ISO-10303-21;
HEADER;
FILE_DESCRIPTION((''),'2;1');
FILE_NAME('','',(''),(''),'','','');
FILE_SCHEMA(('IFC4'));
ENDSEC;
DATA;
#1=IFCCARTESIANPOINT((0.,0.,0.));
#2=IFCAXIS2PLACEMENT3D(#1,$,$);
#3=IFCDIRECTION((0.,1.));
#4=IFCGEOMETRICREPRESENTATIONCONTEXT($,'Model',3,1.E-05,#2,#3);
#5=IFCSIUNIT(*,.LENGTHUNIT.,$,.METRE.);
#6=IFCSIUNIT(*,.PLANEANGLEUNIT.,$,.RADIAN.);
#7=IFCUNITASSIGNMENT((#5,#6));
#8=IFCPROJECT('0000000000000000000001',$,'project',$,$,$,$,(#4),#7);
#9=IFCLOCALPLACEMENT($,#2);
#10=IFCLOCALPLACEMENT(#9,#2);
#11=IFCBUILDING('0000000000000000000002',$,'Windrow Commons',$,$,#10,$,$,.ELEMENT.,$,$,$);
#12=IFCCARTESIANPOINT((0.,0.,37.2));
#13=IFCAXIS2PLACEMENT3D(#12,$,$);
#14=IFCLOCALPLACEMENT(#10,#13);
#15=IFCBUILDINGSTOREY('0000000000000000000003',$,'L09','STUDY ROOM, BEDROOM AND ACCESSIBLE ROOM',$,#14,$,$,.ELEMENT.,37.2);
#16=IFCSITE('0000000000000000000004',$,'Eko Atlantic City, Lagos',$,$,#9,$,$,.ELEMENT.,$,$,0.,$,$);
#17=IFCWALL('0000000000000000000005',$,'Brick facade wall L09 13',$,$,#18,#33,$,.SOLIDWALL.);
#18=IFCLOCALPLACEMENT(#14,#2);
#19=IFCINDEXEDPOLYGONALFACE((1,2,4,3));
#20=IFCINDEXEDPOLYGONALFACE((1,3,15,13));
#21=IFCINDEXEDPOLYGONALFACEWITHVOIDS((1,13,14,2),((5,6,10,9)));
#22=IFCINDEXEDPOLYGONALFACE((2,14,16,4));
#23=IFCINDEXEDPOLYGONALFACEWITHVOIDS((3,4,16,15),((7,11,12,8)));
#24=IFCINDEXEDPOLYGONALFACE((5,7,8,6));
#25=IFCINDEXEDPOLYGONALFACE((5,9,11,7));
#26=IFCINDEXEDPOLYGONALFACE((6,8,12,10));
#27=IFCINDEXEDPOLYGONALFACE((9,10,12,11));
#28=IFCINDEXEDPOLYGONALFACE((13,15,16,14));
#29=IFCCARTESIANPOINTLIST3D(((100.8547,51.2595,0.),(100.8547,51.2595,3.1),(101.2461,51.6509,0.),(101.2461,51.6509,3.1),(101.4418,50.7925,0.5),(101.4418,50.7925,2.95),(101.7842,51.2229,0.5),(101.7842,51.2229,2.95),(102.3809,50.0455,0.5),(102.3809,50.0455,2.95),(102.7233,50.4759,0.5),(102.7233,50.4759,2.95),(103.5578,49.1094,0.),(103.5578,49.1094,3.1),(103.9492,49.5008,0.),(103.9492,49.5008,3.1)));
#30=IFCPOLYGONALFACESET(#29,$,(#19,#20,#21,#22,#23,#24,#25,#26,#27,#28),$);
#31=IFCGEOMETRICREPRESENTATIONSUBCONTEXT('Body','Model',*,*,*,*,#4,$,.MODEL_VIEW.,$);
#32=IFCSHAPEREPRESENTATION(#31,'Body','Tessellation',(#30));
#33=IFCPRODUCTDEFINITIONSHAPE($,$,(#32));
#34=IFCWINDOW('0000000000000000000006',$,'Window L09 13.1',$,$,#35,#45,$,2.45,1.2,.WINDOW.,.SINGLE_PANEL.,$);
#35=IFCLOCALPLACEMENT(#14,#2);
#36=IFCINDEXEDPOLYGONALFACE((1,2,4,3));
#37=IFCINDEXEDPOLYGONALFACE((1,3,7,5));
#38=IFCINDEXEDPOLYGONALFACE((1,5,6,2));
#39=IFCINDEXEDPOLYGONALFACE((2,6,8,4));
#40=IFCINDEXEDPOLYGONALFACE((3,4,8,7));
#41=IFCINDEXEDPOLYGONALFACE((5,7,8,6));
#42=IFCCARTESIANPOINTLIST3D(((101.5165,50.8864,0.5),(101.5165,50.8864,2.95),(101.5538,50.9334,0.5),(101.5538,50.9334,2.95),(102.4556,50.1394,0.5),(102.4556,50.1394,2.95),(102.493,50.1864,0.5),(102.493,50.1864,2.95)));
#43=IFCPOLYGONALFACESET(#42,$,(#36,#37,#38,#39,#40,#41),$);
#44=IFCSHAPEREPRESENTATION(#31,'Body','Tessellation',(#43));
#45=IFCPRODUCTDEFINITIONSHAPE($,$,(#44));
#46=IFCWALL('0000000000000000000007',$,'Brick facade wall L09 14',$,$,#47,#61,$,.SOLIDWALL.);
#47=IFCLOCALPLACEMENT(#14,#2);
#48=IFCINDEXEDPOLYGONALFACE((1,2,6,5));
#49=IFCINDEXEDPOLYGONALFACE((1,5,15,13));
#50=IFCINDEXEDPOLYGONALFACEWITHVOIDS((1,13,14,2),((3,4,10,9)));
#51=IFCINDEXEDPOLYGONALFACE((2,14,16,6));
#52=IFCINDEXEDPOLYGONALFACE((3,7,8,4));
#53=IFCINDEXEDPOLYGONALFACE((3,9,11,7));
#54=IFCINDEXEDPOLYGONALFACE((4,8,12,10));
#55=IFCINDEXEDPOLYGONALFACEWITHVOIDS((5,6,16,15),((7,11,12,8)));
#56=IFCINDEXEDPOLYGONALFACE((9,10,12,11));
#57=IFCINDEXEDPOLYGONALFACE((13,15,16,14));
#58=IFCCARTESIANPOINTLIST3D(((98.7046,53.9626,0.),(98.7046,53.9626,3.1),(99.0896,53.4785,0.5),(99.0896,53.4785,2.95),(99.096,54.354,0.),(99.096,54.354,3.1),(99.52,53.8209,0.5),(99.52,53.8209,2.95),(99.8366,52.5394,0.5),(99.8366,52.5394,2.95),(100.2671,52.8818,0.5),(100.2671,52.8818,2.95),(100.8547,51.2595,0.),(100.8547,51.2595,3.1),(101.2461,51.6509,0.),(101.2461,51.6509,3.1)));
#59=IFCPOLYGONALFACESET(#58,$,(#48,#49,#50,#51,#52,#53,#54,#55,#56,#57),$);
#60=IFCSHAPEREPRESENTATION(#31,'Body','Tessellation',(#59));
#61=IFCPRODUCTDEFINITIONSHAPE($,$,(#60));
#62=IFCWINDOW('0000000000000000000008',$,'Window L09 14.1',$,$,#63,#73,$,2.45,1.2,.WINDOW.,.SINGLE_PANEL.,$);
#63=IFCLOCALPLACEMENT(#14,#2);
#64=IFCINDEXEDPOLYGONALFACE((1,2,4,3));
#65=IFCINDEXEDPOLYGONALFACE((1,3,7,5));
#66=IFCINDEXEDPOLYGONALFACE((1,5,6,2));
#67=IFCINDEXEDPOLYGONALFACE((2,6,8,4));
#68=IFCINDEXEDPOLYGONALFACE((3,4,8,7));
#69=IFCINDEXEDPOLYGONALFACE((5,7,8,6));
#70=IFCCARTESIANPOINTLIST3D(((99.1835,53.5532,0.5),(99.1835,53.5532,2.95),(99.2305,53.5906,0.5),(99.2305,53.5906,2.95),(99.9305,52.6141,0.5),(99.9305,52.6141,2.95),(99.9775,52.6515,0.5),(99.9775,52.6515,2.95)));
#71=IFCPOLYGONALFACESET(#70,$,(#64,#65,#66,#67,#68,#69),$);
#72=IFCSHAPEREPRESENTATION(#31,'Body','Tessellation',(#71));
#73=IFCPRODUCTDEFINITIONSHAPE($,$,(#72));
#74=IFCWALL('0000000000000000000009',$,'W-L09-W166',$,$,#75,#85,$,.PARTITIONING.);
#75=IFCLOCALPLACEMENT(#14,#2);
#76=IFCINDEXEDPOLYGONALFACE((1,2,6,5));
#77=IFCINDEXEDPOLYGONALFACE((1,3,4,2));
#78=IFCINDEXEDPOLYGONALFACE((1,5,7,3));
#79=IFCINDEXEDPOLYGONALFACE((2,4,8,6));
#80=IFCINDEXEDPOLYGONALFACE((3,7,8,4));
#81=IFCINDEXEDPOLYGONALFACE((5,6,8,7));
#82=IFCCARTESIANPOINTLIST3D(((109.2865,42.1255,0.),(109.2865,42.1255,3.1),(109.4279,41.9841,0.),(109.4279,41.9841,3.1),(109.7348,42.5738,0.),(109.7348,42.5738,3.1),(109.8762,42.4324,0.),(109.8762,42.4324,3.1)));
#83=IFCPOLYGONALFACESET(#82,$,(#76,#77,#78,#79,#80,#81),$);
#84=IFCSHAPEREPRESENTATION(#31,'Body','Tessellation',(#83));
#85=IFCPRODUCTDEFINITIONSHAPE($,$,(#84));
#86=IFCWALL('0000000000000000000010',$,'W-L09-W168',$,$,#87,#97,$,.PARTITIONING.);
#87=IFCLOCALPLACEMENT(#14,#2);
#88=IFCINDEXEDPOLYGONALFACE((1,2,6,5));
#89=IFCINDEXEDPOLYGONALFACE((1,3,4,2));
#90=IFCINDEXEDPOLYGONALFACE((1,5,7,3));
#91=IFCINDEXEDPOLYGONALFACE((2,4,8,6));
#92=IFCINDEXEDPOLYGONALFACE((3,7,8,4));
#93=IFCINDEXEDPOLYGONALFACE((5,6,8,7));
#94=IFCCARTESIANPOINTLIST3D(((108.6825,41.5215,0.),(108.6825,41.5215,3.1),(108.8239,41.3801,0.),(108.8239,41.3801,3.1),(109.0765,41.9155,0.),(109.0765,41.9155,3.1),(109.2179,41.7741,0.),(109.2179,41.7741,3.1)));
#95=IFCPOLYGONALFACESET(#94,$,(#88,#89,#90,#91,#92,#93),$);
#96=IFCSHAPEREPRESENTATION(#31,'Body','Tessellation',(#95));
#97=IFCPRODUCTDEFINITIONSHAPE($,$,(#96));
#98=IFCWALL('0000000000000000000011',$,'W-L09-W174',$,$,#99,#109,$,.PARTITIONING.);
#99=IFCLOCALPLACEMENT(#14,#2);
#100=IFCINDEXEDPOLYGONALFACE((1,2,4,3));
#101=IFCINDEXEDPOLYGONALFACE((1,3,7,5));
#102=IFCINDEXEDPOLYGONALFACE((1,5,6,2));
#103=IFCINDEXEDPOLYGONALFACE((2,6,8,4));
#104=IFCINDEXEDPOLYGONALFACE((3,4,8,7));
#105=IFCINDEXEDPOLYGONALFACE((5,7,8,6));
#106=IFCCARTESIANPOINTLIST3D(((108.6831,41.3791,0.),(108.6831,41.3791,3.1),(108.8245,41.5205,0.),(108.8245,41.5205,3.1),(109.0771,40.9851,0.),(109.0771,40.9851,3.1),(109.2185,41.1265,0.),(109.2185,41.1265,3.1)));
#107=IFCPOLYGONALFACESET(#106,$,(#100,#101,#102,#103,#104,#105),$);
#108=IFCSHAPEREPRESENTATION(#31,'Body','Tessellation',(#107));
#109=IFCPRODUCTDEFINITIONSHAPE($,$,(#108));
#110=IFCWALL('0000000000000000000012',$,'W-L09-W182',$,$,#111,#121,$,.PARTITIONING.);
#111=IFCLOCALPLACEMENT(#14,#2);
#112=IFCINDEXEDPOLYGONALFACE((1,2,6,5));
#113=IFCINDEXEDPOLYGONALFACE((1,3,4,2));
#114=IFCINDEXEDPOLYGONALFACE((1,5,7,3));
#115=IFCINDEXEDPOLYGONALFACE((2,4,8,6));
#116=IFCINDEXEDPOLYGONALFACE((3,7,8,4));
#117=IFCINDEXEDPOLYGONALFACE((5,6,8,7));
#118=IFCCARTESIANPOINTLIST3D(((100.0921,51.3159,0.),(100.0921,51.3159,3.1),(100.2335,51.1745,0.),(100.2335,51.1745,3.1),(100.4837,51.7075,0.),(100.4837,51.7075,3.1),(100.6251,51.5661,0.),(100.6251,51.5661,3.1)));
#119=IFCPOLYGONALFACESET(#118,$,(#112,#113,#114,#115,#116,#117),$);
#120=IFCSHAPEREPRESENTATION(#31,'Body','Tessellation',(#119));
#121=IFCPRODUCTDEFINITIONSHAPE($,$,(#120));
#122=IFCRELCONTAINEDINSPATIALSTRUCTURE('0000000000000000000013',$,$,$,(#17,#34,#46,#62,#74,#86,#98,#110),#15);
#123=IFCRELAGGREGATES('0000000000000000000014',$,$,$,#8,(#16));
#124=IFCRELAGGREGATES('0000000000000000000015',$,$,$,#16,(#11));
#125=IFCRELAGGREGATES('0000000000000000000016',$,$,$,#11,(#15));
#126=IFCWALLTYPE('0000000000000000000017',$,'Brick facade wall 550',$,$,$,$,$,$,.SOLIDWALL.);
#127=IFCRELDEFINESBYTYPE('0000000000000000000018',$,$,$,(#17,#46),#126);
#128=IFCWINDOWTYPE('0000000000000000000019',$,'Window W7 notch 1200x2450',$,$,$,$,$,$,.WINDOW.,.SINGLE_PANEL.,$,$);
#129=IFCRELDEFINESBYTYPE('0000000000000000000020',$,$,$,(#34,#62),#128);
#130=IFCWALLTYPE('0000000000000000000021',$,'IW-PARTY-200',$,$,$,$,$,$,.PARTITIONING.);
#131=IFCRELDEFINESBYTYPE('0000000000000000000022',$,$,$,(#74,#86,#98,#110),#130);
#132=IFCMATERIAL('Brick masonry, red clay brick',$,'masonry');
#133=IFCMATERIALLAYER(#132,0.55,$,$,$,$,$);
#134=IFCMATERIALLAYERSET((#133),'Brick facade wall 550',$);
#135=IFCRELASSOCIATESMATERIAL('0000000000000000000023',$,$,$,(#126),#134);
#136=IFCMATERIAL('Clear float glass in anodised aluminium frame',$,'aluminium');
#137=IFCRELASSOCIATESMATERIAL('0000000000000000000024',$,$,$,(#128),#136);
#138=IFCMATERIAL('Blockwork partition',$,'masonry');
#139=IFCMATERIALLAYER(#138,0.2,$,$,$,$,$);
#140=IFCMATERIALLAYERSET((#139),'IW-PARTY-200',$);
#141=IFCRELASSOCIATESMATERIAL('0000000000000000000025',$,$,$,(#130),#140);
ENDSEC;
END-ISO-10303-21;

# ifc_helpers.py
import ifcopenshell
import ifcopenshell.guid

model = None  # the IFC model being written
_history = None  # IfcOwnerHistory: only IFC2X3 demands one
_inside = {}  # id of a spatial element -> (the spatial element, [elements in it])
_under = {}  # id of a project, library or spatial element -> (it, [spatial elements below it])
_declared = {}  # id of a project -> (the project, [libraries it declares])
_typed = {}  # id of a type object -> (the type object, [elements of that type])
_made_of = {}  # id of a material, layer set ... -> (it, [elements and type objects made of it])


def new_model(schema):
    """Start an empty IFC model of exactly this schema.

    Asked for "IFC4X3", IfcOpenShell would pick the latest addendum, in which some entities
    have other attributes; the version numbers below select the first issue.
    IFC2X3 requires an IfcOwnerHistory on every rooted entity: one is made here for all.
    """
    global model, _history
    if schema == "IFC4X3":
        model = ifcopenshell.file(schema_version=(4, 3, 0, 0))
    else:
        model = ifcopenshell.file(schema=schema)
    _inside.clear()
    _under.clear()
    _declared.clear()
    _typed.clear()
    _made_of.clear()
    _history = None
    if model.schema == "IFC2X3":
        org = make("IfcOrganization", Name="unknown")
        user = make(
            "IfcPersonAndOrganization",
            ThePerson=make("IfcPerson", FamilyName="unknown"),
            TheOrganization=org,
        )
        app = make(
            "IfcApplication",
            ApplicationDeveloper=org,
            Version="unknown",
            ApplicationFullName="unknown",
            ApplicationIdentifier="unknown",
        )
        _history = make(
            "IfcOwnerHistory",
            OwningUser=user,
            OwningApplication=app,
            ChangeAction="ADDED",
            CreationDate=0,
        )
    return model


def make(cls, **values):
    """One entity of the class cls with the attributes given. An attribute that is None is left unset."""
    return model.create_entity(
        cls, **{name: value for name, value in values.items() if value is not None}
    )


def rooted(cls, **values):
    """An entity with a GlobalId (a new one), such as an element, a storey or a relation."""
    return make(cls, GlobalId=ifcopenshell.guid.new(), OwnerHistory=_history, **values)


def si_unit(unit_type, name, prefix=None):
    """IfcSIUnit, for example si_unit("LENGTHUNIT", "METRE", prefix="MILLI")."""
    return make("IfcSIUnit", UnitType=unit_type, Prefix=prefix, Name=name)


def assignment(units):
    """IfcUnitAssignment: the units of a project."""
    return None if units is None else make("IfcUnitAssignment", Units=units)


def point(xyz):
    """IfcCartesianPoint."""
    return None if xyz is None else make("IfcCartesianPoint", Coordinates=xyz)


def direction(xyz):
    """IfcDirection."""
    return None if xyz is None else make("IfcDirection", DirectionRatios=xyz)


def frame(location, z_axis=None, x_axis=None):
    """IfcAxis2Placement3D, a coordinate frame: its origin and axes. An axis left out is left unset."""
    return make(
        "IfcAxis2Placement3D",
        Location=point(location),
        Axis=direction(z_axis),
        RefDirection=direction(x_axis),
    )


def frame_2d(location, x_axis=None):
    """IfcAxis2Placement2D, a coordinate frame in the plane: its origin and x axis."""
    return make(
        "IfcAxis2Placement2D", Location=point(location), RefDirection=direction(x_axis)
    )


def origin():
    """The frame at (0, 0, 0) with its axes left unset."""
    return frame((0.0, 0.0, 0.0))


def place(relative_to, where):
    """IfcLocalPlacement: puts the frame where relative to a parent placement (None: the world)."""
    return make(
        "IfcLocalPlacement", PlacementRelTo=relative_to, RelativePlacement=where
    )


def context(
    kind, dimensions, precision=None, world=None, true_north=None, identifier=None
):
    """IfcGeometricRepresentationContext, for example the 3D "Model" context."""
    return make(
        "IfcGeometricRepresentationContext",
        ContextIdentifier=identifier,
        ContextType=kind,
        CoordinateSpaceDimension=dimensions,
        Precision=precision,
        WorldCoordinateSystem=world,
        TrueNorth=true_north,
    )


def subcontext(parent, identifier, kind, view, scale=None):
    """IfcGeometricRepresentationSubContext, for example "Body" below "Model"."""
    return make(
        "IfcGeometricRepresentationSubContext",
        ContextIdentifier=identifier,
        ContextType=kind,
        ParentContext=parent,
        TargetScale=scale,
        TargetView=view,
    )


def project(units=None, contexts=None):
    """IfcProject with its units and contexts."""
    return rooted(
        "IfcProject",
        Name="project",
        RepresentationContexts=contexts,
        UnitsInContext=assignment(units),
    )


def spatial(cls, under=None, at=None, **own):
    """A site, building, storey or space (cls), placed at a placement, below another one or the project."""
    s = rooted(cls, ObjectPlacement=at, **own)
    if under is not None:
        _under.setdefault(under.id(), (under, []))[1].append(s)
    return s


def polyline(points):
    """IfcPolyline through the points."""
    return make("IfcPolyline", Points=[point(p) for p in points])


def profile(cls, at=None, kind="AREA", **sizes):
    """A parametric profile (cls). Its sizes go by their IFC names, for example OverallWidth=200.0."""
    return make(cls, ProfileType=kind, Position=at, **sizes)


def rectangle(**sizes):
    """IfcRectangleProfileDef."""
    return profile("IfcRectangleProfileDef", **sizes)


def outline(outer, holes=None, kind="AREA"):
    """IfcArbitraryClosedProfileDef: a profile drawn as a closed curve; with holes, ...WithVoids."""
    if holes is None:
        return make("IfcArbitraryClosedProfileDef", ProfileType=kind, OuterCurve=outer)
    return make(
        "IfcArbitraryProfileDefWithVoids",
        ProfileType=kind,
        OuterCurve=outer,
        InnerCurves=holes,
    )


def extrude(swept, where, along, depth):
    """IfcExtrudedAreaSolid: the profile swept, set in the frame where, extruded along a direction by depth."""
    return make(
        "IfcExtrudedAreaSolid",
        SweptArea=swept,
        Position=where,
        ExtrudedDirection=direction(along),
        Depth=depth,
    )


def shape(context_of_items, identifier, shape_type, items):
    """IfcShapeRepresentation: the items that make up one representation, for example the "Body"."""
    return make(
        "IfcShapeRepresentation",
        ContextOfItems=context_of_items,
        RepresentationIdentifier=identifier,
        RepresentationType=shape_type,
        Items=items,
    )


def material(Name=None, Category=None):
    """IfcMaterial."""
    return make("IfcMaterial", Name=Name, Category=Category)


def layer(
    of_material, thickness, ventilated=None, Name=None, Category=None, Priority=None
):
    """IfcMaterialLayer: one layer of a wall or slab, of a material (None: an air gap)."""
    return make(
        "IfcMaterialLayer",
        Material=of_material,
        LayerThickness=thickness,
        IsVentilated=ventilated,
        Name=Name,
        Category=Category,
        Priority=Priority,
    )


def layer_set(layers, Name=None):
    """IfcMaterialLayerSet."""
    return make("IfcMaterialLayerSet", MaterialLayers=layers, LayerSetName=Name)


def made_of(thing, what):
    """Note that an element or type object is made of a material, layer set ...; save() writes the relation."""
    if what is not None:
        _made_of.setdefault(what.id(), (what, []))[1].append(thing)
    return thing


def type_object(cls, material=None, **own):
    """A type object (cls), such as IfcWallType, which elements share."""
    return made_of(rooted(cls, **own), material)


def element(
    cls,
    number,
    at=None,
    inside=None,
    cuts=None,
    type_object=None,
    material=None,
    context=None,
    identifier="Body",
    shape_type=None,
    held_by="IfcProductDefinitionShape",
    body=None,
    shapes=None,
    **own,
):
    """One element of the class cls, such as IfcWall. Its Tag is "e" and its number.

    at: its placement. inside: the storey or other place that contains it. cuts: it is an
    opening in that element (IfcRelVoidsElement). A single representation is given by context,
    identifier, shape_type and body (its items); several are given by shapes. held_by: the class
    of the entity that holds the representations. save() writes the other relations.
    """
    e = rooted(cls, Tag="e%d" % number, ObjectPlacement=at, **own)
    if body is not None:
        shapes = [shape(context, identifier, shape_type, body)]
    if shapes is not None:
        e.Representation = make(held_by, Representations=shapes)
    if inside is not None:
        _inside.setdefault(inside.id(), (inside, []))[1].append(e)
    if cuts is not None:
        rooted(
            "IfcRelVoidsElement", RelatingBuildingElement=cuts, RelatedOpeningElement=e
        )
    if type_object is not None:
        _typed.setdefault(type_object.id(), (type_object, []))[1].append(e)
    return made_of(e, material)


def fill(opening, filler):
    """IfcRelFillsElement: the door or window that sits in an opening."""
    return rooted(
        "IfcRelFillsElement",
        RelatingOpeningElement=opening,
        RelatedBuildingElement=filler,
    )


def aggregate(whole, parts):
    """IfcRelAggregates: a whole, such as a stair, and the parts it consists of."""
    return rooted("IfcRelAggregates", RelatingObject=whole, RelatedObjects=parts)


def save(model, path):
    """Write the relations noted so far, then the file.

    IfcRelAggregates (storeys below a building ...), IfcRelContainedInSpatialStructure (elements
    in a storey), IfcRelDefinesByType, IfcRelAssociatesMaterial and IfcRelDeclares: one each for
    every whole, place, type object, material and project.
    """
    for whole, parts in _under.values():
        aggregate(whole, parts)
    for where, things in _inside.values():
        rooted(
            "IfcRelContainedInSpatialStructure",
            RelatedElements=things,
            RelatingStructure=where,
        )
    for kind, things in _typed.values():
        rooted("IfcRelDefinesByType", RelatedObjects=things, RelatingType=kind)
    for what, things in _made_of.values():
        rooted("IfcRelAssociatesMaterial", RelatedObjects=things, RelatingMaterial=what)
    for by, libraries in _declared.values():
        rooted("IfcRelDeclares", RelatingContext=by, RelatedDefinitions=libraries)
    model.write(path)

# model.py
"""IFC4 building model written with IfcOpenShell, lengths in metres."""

from ifc_helpers import new_model, si_unit, direction, frame, frame_2d, origin, place, context, subcontext, project, spatial, polyline, rectangle, outline, extrude, material, layer, layer_set, type_object, element, fill, save


model = new_model("IFC4")

# Units and contexts
model_context = context("Model", 3, precision=1e-05, world=origin(), true_north=direction((0.0, 1.0)))
body_context = subcontext(model_context, "Body", "Model", "MODEL_VIEW")
ifc_project = project(units=[si_unit("LENGTHUNIT", "METRE"), si_unit("PLANEANGLEUNIT", "RADIAN")], contexts=[model_context])

# Site, building, storey
site_placement = place(None, origin())
site = spatial("IfcSite", under=ifc_project, at=site_placement, Name="Eko Atlantic City, Lagos", CompositionType="ELEMENT", RefElevation=0.0)
building_placement = place(site_placement, origin())
building = spatial("IfcBuilding", under=site, at=building_placement, Name="Windrow Commons", CompositionType="ELEMENT")
storey_placement = place(building_placement, frame((0.0, 0.0, 37.2)))
storey = spatial("IfcBuildingStorey", under=building, at=storey_placement, Name="L09", Description="STUDY ROOM, BEDROOM AND ACCESSIBLE ROOM", CompositionType="ELEMENT", Elevation=37.2)

# Walls, openings, windows
ifc_material_1 = material(Name="Brick masonry, red clay brick", Category="masonry")
ifc_layer_1 = layer(ifc_material_1, 0.55)
ifc_layer_set_1 = layer_set([ifc_layer_1], Name="Brick facade wall 550")
wall_type_1 = type_object("IfcWallType", Name="Brick facade wall 550", PredefinedType="SOLIDWALL", material=ifc_layer_set_1)
ifc_material_2 = material(Name="Clear float glass in anodised aluminium frame", Category="aluminium")
window_type = type_object("IfcWindowType", Name="Window W7 notch 1200x2450", PartitioningType="SINGLE_PANEL", PredefinedType="WINDOW", material=ifc_material_2)
wall_1_placement = place(storey_placement, frame((103.7535, 49.3051, 0.0), z_axis=(0.0, 0.0, 1.0), x_axis=(-0.782614, 0.622507, 0.0)))
wall_1 = element("IfcWall", 1, at=wall_1_placement, inside=storey, type_object=wall_type_1, Name="Brick facade wall L09 13", PredefinedType="SOLIDWALL", context=body_context, shape_type="SweptSolid", body=[
    extrude(outline(polyline([(-0.0313, -0.275), (3.4226, -0.275), (3.4853, 0.275), (0.0313, 0.275), (-0.0313, -0.275)])), origin(), (0.0, 0.0, 1.0), 3.1),
])
opening_1_placement = place(wall_1_placement, frame((1.5351, 0.0, 0.5)))
opening_1 = element("IfcOpeningElement", 2, at=opening_1_placement, cuts=wall_1, PredefinedType="OPENING", context=body_context, shape_type="SweptSolid", body=[
    extrude(rectangle(XDim=1.2, YDim=2.45, at=frame_2d((0.6, 1.225))), frame((0.0, 0.285, 0.0), z_axis=(0.0, -1.0, 0.0), x_axis=(1.0, 0.0, 0.0)), (0.0, 0.0, 1.0), 0.57),
])
window_1_placement = place(opening_1_placement, origin())
window_1 = element("IfcWindow", 3, at=window_1_placement, inside=storey, type_object=window_type, Name="Window L09 13.1", OverallHeight=2.45, OverallWidth=1.2, PartitioningType="SINGLE_PANEL", PredefinedType="WINDOW", context=body_context, shape_type="SweptSolid", body=[
    extrude(rectangle(XDim=1.2, YDim=2.45, at=frame_2d((0.6, 1.225))), frame((0.0, 0.155, 0.0), z_axis=(0.0, -1.0, 0.0), x_axis=(1.0, 0.0, 0.0)), (0.0, 0.0, 1.0), 0.06),
])
fill(opening_1, window_1)
wall_2_placement = place(storey_placement, frame((101.0504, 51.4552, 0.0), z_axis=(0.0, 0.0, 1.0), x_axis=(-0.622507, 0.782614, 0.0)))
wall_2 = element("IfcWall", 4, at=wall_2_placement, inside=storey, type_object=wall_type_1, Name="Brick facade wall L09 14", PredefinedType="SOLIDWALL", context=body_context, shape_type="SweptSolid", body=[
    extrude(outline(polyline([(0.0313, -0.275), (3.4853, -0.275), (3.4226, 0.275), (-0.0313, 0.275), (0.0313, -0.275)])), origin(), (0.0, 0.0, 1.0), 3.1),
])
opening_2_placement = place(wall_2_placement, frame((1.6041, 0.0, 0.5)))
opening_2 = element("IfcOpeningElement", 5, at=opening_2_placement, cuts=wall_2, PredefinedType="OPENING", context=body_context, shape_type="SweptSolid", body=[
    extrude(rectangle(XDim=1.2, YDim=2.45, at=frame_2d((0.6, 1.225))), frame((0.0, 0.285, 0.0), z_axis=(0.0, -1.0, 0.0), x_axis=(1.0, 0.0, 0.0)), (0.0, 0.0, 1.0), 0.57),
])
window_2_placement = place(opening_2_placement, origin())
window_2 = element("IfcWindow", 6, at=window_2_placement, inside=storey, type_object=window_type, Name="Window L09 14.1", OverallHeight=2.45, OverallWidth=1.2, PartitioningType="SINGLE_PANEL", PredefinedType="WINDOW", context=body_context, shape_type="SweptSolid", body=[
    extrude(rectangle(XDim=1.2, YDim=2.45, at=frame_2d((0.6, 1.225))), frame((0.0, 0.155, 0.0), z_axis=(0.0, -1.0, 0.0), x_axis=(1.0, 0.0, 0.0)), (0.0, 0.0, 1.0), 0.06),
])
fill(opening_2, window_2)

# Walls
ifc_material_3 = material(Name="Blockwork partition", Category="masonry")
ifc_layer_2 = layer(ifc_material_3, 0.2)
ifc_layer_set_2 = layer_set([ifc_layer_2], Name="IW-PARTY-200")
wall_type_2 = type_object("IfcWallType", Name="IW-PARTY-200", PredefinedType="PARTITIONING", material=ifc_layer_set_2)
wall_3_placement = place(storey_placement, frame((109.3572, 42.0548, 0.0), z_axis=(0.0, 0.0, 1.0), x_axis=(0.707107, 0.707107, 0.0)))
element("IfcWall", 7, at=wall_3_placement, inside=storey, type_object=wall_type_2, Name="W-L09-W166", PredefinedType="PARTITIONING", context=body_context, shape_type="SweptSolid", body=[
    extrude(rectangle(XDim=0.634, YDim=0.2, at=frame_2d((0.317, 0.0))), origin(), (0.0, 0.0, 1.0), 3.1),
])
for number, where, z_axis, x_axis, name in (
    (8, (108.7532, 41.4508, 0.0), (0.0, 0.0, 1.0), (0.707107, 0.707107, 0.0), "W-L09-W168"),
    (9, (108.7538, 41.4498, 0.0), (0.0, 0.0, 1.0), (0.707107, -0.707107, 0.0), "W-L09-W174"),
):
    element("IfcWall", number, at=place(storey_placement, frame(where, z_axis=z_axis, x_axis=x_axis)), inside=storey, type_object=wall_type_2, Name=name, PredefinedType="PARTITIONING", context=body_context, shape_type="SweptSolid", body=[
        extrude(rectangle(XDim=0.5572, YDim=0.2, at=frame_2d((0.2786, 0.0))), origin(), (0.0, 0.0, 1.0), 3.1),
    ])
wall_4_placement = place(storey_placement, frame((100.1628, 51.2452, 0.0), z_axis=(0.0, 0.0, 1.0), x_axis=(0.707107, 0.707107, 0.0)))
element("IfcWall", 10, at=wall_4_placement, inside=storey, type_object=wall_type_2, Name="W-L09-W182", PredefinedType="PARTITIONING", context=body_context, shape_type="SweptSolid", body=[
    extrude(rectangle(XDim=0.5539, YDim=0.2, at=frame_2d((0.2769, 0.0))), origin(), (0.0, 0.0, 1.0), 3.1),
])

save(model, "model.ifc")
